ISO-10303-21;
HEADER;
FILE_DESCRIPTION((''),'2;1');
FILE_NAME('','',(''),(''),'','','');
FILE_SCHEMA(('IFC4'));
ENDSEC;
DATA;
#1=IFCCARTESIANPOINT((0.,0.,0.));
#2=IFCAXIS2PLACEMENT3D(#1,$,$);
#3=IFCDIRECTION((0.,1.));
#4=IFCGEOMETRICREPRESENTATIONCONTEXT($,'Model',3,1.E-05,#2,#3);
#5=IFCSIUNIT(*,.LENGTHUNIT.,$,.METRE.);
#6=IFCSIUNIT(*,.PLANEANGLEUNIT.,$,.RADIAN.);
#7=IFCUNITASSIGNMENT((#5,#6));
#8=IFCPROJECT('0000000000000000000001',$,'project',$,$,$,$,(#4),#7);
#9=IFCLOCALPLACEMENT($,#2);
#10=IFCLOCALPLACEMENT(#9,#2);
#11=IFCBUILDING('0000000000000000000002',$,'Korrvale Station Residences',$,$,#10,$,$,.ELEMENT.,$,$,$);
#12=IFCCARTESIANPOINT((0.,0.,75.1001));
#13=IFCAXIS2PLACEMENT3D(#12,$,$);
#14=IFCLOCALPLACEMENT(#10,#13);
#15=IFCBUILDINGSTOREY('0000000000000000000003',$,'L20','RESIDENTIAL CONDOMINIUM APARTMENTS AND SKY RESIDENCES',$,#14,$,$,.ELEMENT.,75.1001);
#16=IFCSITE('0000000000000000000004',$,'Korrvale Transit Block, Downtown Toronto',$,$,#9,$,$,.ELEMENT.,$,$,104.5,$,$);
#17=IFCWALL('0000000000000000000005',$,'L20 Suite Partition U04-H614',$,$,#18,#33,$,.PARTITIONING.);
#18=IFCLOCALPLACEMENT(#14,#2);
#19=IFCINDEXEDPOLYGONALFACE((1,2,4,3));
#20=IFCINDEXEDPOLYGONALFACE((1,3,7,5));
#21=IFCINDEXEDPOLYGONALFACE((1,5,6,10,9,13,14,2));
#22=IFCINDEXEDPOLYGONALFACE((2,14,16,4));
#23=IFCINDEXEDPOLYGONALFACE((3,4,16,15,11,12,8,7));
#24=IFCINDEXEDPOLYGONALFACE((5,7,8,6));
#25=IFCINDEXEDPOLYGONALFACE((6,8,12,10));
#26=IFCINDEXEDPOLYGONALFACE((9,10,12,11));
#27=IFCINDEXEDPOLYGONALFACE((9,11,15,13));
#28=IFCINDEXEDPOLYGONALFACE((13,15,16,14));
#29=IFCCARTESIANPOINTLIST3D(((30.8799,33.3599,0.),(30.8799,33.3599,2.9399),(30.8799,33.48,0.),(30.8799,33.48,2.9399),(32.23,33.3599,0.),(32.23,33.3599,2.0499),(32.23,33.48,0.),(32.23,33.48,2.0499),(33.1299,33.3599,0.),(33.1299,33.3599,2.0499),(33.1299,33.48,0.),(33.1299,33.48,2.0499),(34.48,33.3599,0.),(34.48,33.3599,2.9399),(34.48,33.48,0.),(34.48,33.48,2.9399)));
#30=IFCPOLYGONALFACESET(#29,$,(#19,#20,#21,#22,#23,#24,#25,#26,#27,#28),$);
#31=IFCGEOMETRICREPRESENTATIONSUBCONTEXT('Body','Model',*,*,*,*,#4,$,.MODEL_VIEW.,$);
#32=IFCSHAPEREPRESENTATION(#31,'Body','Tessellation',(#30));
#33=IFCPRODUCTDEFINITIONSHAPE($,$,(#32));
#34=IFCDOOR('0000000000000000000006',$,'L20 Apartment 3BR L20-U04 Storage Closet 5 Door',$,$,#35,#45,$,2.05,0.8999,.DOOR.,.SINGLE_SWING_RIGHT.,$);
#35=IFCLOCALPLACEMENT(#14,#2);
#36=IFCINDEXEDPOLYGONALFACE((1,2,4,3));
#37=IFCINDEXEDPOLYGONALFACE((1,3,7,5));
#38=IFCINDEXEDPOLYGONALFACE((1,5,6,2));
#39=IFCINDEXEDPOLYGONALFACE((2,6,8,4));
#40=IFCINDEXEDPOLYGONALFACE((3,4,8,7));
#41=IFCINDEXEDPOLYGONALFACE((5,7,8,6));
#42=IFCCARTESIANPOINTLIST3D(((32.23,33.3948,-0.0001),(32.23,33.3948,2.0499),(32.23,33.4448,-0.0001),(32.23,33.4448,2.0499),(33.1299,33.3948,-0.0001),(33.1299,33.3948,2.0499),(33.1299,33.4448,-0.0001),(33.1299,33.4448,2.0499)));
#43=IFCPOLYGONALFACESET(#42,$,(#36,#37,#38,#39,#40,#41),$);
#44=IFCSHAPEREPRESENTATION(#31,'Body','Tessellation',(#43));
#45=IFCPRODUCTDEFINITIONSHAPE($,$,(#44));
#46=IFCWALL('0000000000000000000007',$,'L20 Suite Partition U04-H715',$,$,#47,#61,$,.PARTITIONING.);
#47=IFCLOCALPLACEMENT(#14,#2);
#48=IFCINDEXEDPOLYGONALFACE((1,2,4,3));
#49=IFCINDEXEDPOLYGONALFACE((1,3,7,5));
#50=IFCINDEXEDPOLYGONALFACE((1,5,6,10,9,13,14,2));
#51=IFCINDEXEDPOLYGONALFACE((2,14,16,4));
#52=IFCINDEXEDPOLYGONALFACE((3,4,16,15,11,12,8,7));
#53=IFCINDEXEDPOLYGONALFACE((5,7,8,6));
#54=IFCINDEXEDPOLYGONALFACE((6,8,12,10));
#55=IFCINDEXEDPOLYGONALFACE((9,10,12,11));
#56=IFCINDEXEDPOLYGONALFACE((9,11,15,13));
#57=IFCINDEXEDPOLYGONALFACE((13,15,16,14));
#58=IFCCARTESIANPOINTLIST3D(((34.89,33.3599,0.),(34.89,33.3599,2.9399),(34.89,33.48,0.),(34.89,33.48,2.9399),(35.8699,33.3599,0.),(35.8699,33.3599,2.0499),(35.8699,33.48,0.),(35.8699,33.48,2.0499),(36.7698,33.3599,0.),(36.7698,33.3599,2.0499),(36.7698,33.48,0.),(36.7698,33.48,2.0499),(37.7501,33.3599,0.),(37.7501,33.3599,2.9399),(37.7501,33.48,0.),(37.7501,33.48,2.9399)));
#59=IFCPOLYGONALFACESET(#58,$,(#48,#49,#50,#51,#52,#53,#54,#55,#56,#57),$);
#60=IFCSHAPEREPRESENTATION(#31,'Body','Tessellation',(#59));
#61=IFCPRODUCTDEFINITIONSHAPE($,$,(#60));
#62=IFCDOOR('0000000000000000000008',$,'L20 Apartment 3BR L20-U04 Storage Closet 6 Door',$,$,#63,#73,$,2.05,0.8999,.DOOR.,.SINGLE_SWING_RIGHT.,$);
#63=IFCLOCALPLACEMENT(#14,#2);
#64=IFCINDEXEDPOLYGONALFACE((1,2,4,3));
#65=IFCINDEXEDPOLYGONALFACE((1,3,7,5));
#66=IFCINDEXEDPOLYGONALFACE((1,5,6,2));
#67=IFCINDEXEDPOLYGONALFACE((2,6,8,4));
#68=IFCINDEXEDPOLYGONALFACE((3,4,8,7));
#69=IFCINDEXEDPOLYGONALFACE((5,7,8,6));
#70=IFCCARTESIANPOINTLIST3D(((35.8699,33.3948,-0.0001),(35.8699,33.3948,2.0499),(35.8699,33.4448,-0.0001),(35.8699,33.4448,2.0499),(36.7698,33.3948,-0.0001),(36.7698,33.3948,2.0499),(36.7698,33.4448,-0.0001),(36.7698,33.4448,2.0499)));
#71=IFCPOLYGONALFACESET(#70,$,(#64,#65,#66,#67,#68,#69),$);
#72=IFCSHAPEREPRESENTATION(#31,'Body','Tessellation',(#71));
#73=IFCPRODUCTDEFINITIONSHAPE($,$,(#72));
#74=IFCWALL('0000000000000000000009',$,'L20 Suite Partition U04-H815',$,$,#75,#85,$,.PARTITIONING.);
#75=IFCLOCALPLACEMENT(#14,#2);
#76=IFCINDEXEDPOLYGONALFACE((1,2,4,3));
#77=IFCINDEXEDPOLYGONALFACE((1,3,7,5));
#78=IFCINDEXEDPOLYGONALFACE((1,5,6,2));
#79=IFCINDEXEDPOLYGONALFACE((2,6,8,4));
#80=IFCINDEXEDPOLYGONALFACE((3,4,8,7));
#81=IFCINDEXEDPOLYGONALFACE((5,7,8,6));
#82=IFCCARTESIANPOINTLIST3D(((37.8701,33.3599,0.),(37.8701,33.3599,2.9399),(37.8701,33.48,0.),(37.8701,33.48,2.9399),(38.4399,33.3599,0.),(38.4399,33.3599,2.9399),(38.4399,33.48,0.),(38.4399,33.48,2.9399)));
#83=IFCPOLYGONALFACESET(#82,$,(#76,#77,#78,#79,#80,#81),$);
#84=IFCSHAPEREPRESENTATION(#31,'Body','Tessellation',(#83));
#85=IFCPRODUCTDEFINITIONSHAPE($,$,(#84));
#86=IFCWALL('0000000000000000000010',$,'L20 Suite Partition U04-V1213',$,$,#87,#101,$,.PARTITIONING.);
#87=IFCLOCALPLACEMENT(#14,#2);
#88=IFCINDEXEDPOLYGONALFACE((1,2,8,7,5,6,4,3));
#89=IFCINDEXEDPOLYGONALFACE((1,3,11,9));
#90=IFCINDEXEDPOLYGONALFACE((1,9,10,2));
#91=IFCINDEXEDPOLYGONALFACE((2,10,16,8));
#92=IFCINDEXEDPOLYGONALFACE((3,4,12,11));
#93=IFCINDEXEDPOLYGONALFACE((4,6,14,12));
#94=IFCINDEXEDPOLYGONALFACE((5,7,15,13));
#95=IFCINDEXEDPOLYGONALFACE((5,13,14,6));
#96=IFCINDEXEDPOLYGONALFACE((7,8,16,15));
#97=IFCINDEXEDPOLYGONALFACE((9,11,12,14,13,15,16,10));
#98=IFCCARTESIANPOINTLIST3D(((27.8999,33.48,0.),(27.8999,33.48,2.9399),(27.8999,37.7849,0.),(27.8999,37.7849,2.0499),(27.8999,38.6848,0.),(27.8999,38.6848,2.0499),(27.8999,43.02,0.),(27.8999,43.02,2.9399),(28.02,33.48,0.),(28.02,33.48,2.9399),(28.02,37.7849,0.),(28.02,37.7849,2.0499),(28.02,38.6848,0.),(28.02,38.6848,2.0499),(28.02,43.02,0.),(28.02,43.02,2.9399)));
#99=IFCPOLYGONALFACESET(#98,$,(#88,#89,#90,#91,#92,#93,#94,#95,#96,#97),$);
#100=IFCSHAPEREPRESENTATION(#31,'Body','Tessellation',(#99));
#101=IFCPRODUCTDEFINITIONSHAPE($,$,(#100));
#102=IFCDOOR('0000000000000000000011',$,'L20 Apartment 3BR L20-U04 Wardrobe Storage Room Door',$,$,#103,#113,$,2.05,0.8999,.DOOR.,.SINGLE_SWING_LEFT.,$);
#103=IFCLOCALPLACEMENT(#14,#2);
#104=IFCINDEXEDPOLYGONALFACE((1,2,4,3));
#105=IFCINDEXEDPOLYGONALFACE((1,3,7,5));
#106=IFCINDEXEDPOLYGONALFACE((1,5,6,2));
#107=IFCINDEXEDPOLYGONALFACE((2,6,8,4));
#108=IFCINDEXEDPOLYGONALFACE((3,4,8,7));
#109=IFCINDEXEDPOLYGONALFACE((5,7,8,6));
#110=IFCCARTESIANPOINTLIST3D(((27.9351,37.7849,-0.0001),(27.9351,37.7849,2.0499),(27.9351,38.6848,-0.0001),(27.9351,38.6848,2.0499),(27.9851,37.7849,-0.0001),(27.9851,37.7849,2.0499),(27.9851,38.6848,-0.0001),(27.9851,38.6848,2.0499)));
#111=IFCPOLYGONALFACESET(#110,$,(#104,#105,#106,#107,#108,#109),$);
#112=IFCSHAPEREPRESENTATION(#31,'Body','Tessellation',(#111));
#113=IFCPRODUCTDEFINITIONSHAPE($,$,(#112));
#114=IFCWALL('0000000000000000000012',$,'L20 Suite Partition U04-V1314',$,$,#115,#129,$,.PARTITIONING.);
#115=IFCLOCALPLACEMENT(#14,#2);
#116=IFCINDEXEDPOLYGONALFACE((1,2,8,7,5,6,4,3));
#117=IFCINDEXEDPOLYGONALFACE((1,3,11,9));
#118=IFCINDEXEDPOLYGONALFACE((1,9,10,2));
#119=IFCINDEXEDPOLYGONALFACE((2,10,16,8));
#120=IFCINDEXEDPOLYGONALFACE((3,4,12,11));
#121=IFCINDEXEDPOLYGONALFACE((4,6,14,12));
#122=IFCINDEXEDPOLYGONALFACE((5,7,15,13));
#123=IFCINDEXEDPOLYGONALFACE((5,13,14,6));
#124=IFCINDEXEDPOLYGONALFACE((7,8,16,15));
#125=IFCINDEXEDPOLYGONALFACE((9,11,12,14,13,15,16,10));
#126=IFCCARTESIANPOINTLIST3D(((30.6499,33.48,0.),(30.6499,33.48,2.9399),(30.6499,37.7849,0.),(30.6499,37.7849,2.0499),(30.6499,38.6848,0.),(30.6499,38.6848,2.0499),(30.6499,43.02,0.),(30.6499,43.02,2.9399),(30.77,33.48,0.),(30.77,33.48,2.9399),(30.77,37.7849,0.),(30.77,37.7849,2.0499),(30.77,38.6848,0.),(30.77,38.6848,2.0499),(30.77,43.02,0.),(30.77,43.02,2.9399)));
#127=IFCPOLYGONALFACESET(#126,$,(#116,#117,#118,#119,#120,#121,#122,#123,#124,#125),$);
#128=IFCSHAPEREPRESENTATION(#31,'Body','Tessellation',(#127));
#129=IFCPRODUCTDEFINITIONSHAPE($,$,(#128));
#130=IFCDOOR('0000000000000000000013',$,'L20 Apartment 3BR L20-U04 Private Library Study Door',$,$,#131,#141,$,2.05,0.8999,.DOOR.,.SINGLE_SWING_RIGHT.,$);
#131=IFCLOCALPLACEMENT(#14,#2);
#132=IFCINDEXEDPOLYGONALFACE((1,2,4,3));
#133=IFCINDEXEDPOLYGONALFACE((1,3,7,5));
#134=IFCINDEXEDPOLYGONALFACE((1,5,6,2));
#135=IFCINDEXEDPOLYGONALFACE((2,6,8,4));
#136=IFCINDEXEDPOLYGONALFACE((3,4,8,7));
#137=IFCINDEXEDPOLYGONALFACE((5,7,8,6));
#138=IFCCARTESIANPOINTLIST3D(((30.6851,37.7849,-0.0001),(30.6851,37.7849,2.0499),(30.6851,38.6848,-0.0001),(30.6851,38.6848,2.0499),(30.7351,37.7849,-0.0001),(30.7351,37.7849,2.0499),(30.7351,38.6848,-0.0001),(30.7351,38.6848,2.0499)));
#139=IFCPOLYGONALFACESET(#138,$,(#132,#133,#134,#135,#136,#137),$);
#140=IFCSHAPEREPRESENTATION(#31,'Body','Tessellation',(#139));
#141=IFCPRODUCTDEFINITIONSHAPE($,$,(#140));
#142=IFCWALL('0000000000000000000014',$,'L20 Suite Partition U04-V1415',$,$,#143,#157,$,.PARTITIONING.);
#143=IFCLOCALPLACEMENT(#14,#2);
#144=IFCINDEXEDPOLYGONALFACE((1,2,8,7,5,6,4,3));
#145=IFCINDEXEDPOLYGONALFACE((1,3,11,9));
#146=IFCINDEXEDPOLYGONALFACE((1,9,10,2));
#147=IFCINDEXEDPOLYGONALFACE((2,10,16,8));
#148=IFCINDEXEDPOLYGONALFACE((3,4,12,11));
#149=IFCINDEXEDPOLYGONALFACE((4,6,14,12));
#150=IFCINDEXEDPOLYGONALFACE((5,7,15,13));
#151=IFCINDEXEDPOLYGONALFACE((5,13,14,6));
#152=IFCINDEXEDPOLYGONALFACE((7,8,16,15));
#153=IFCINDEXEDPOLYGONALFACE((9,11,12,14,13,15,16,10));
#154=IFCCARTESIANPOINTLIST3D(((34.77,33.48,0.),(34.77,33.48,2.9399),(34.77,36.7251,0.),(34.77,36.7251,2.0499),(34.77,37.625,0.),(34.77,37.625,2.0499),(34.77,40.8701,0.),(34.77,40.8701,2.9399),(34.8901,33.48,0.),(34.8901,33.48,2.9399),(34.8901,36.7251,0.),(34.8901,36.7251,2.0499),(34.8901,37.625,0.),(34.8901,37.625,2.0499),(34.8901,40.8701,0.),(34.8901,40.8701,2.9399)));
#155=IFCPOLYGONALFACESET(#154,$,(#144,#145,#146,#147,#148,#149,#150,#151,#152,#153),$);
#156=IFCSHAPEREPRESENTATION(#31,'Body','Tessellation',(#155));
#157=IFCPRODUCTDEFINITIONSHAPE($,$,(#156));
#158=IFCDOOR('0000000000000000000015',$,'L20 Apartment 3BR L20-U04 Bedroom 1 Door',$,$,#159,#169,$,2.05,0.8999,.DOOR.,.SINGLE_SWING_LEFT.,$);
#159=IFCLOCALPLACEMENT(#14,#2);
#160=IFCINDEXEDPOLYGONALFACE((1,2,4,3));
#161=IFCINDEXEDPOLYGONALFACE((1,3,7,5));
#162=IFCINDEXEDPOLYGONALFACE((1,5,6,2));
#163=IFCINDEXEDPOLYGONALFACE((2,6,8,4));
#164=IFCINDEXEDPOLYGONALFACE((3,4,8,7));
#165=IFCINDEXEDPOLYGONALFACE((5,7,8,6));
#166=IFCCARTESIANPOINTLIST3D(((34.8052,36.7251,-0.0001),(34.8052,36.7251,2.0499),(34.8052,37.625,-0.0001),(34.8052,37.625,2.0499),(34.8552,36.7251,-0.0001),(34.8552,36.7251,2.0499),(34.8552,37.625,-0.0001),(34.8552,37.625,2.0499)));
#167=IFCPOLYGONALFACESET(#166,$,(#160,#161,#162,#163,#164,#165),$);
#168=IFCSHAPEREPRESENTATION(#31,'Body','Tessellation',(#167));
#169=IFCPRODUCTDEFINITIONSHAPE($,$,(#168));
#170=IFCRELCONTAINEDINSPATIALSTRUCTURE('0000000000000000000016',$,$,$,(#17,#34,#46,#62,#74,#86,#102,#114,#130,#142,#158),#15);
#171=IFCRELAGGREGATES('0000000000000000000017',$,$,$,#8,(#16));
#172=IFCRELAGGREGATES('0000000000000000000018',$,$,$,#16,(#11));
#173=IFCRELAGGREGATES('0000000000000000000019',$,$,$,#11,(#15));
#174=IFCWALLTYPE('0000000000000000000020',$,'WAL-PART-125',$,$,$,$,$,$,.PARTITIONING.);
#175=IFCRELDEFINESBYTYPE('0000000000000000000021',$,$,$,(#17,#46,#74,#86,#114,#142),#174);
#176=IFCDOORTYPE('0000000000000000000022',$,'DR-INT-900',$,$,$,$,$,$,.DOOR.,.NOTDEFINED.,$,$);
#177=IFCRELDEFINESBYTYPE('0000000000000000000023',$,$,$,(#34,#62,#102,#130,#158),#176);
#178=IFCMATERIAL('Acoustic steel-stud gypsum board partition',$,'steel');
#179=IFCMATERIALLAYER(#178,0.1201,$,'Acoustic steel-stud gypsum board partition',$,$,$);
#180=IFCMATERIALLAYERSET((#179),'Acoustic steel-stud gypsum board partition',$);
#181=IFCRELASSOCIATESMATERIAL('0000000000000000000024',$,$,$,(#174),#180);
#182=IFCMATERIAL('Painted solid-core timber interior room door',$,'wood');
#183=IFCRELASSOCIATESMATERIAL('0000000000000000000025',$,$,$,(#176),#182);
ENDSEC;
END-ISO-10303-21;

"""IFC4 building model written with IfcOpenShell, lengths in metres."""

from ifc_helpers import new_model, si_unit, direction, frame, frame_2d, origin, place, context, subcontext, project, spatial, rectangle, extrude, material, layer, layer_set, type_object, element, fill, save


model = new_model("IFC4")

# Units and contexts
model_context = context("Model", 3, precision=1e-05, world=origin(), true_north=direction((0.0, 1.0)))
body_context = subcontext(model_context, "Body", "Model", "MODEL_VIEW")
ifc_project = project(units=[si_unit("LENGTHUNIT", "METRE"), si_unit("PLANEANGLEUNIT", "RADIAN")], contexts=[model_context])

# Site, building, storey
site_placement = place(None, origin())
site = spatial("IfcSite", under=ifc_project, at=site_placement, Name="Korrvale Transit Block, Downtown Toronto", CompositionType="ELEMENT", RefElevation=104.5)
building_placement = place(site_placement, origin())
building = spatial("IfcBuilding", under=site, at=building_placement, Name="Korrvale Station Residences", CompositionType="ELEMENT")
storey_placement = place(building_placement, frame((0.0, 0.0, 75.1001)))
storey = spatial("IfcBuildingStorey", under=building, at=storey_placement, Name="L20", Description="RESIDENTIAL CONDOMINIUM APARTMENTS AND SKY RESIDENCES", CompositionType="ELEMENT", Elevation=75.1001)

# Walls, openings, doors
ifc_material_1 = material(Name="Acoustic steel-stud gypsum board partition", Category="steel")
ifc_layer_1 = layer(ifc_material_1, 0.1201, Name="Acoustic steel-stud gypsum board partition")
ifc_layer_set_1 = layer_set([ifc_layer_1], Name="Acoustic steel-stud gypsum board partition")
wall_type_1 = type_object("IfcWallType", Name="WAL-PART-125", PredefinedType="PARTITIONING", material=ifc_layer_set_1)
ifc_material_2 = material(Name="Painted solid-core timber interior room door", Category="wood")
door_type_1 = type_object("IfcDoorType", Name="DR-INT-900", OperationType="NOTDEFINED", PredefinedType="DOOR", material=ifc_material_2)
wall_1_placement = place(storey_placement, frame((30.8799, 33.4199, 0.0), z_axis=(0.0, 0.0, 1.0), x_axis=(1.0, 0.0, 0.0)))
wall_1 = element("IfcWall", 1, at=wall_1_placement, inside=storey, type_object=wall_type_1, Name="L20 Suite Partition U04-H614", PredefinedType="PARTITIONING", context=body_context, shape_type="SweptSolid", body=[
    extrude(rectangle(XDim=3.6001, YDim=0.1201, at=frame_2d((1.8, 0.0))), origin(), (0.0, 0.0, 1.0), 2.9399),
])
opening_1_placement = place(wall_1_placement, frame((1.3501, 0.0, 0.0)))
opening_1 = element("IfcOpeningElement", 2, at=opening_1_placement, cuts=wall_1, PredefinedType="OPENING", context=body_context, shape_type="SweptSolid", body=[
    extrude(rectangle(XDim=0.8999, YDim=2.05, at=frame_2d((0.45, 1.0249))), frame((0.0, 0.0701, 0.0), z_axis=(0.0, -1.0, 0.0), x_axis=(1.0, 0.0, 0.0)), (0.0, 0.0, 1.0), 0.1401),
])
door_1_placement = place(opening_1_placement, origin())
door_1 = element("IfcDoor", 3, at=door_1_placement, inside=storey, type_object=door_type_1, Name="L20 Apartment 3BR L20-U04 Storage Closet 5 Door", OperationType="SINGLE_SWING_RIGHT", OverallHeight=2.05, OverallWidth=0.8999, PredefinedType="DOOR", context=body_context, shape_type="SweptSolid", body=[
    extrude(rectangle(XDim=0.8999, YDim=2.05, at=frame_2d((0.45, 1.0249))), frame((0.0, 0.0249, 0.0), z_axis=(0.0, -1.0, 0.0), x_axis=(1.0, 0.0, 0.0)), (0.0, 0.0, 1.0), 0.05),
])
fill(opening_1, door_1)
wall_2_placement = place(storey_placement, frame((34.8899, 33.4199, 0.0), z_axis=(0.0, 0.0, 1.0), x_axis=(1.0, 0.0, 0.0)))
wall_2 = element("IfcWall", 4, at=wall_2_placement, inside=storey, type_object=wall_type_1, Name="L20 Suite Partition U04-H715", PredefinedType="PARTITIONING", context=body_context, shape_type="SweptSolid", body=[
    extrude(rectangle(XDim=2.8601, YDim=0.1201, at=frame_2d((1.4302, 0.0))), origin(), (0.0, 0.0, 1.0), 2.9399),
])
opening_2_placement = place(wall_2_placement, frame((0.98, 0.0, 0.0)))
opening_2 = element("IfcOpeningElement", 5, at=opening_2_placement, cuts=wall_2, PredefinedType="OPENING", context=body_context, shape_type="SweptSolid", body=[
    extrude(rectangle(XDim=0.8999, YDim=2.05, at=frame_2d((0.45, 1.0249))), frame((0.0, 0.0701, 0.0), z_axis=(0.0, -1.0, 0.0), x_axis=(1.0, 0.0, 0.0)), (0.0, 0.0, 1.0), 0.1401),
])
door_2_placement = place(opening_2_placement, origin())
door_2 = element("IfcDoor", 6, at=door_2_placement, inside=storey, type_object=door_type_1, Name="L20 Apartment 3BR L20-U04 Storage Closet 6 Door", OperationType="SINGLE_SWING_RIGHT", OverallHeight=2.05, OverallWidth=0.8999, PredefinedType="DOOR", context=body_context, shape_type="SweptSolid", body=[
    extrude(rectangle(XDim=0.8999, YDim=2.05, at=frame_2d((0.45, 1.0249))), frame((0.0, 0.0249, 0.0), z_axis=(0.0, -1.0, 0.0), x_axis=(1.0, 0.0, 0.0)), (0.0, 0.0, 1.0), 0.05),
])
fill(opening_2, door_2)

# Wall
wall_3_placement = place(storey_placement, frame((37.8701, 33.4199, 0.0), z_axis=(0.0, 0.0, 1.0), x_axis=(1.0, 0.0, 0.0)))
element("IfcWall", 7, at=wall_3_placement, inside=storey, type_object=wall_type_1, Name="L20 Suite Partition U04-H815", PredefinedType="PARTITIONING", context=body_context, shape_type="SweptSolid", body=[
    extrude(rectangle(XDim=0.5698, YDim=0.1201, at=frame_2d((0.2849, 0.0))), origin(), (0.0, 0.0, 1.0), 2.9399),
])

# Walls, openings, doors
wall_4_placement = place(storey_placement, frame((27.96, 33.48, 0.0), z_axis=(0.0, 0.0, 1.0), x_axis=(0.0, 1.0, 0.0)))
wall_4 = element("IfcWall", 8, at=wall_4_placement, inside=storey, type_object=wall_type_1, Name="L20 Suite Partition U04-V1213", PredefinedType="PARTITIONING", context=body_context, shape_type="SweptSolid", body=[
    extrude(rectangle(XDim=9.54, YDim=0.1201, at=frame_2d((4.77, 0.0))), origin(), (0.0, 0.0, 1.0), 2.9399),
])
opening_3_placement = place(wall_4_placement, frame((4.3049, 0.0, 0.0)))
opening_3 = element("IfcOpeningElement", 9, at=opening_3_placement, cuts=wall_4, PredefinedType="OPENING", context=body_context, shape_type="SweptSolid", body=[
    extrude(rectangle(XDim=0.8999, YDim=2.05, at=frame_2d((0.45, 1.0249))), frame((0.0, 0.0701, 0.0), z_axis=(0.0, -1.0, 0.0), x_axis=(1.0, 0.0, 0.0)), (0.0, 0.0, 1.0), 0.1401),
])
door_3_placement = place(opening_3_placement, origin())
door_3 = element("IfcDoor", 10, at=door_3_placement, inside=storey, type_object=door_type_1, Name="L20 Apartment 3BR L20-U04 Wardrobe Storage Room Door", OperationType="SINGLE_SWING_LEFT", OverallHeight=2.05, OverallWidth=0.8999, PredefinedType="DOOR", context=body_context, shape_type="SweptSolid", body=[
    extrude(rectangle(XDim=0.8999, YDim=2.05, at=frame_2d((0.45, 1.0249))), frame((0.0, 0.0249, 0.0), z_axis=(0.0, -1.0, 0.0), x_axis=(1.0, 0.0, 0.0)), (0.0, 0.0, 1.0), 0.05),
])
fill(opening_3, door_3)
wall_5_placement = place(storey_placement, frame((30.71, 33.48, 0.0), z_axis=(0.0, 0.0, 1.0), x_axis=(0.0, 1.0, 0.0)))
wall_5 = element("IfcWall", 11, at=wall_5_placement, inside=storey, type_object=wall_type_1, Name="L20 Suite Partition U04-V1314", PredefinedType="PARTITIONING", context=body_context, shape_type="SweptSolid", body=[
    extrude(rectangle(XDim=9.54, YDim=0.1201, at=frame_2d((4.77, 0.0))), origin(), (0.0, 0.0, 1.0), 2.9399),
])
opening_4_placement = place(wall_5_placement, frame((4.3049, 0.0, 0.0)))
opening_4 = element("IfcOpeningElement", 12, at=opening_4_placement, cuts=wall_5, PredefinedType="OPENING", context=body_context, shape_type="SweptSolid", body=[
    extrude(rectangle(XDim=0.8999, YDim=2.05, at=frame_2d((0.45, 1.0249))), frame((0.0, 0.0701, 0.0), z_axis=(0.0, -1.0, 0.0), x_axis=(1.0, 0.0, 0.0)), (0.0, 0.0, 1.0), 0.1401),
])
door_4_placement = place(opening_4_placement, origin())
door_4 = element("IfcDoor", 13, at=door_4_placement, inside=storey, type_object=door_type_1, Name="L20 Apartment 3BR L20-U04 Private Library Study Door", OperationType="SINGLE_SWING_RIGHT", OverallHeight=2.05, OverallWidth=0.8999, PredefinedType="DOOR", context=body_context, shape_type="SweptSolid", body=[
    extrude(rectangle(XDim=0.8999, YDim=2.05, at=frame_2d((0.45, 1.0249))), frame((0.0, 0.0249, 0.0), z_axis=(0.0, -1.0, 0.0), x_axis=(1.0, 0.0, 0.0)), (0.0, 0.0, 1.0), 0.05),
])
fill(opening_4, door_4)
wall_6_placement = place(storey_placement, frame((34.8301, 33.48, 0.0), z_axis=(0.0, 0.0, 1.0), x_axis=(0.0, 1.0, 0.0)))
wall_6 = element("IfcWall", 14, at=wall_6_placement, inside=storey, type_object=wall_type_1, Name="L20 Suite Partition U04-V1415", PredefinedType="PARTITIONING", context=body_context, shape_type="SweptSolid", body=[
    extrude(rectangle(XDim=7.3901, YDim=0.1201, at=frame_2d((3.6951, 0.0))), origin(), (0.0, 0.0, 1.0), 2.9399),
])
opening_5_placement = place(wall_6_placement, frame((3.2451, 0.0, 0.0)))
opening_5 = element("IfcOpeningElement", 15, at=opening_5_placement, cuts=wall_6, PredefinedType="OPENING", context=body_context, shape_type="SweptSolid", body=[
    extrude(rectangle(XDim=0.8999, YDim=2.05, at=frame_2d((0.45, 1.0249))), frame((0.0, 0.0701, 0.0), z_axis=(0.0, -1.0, 0.0), x_axis=(1.0, 0.0, 0.0)), (0.0, 0.0, 1.0), 0.1401),
])
door_5_placement = place(opening_5_placement, origin())
door_5 = element("IfcDoor", 16, at=door_5_placement, inside=storey, type_object=door_type_1, Name="L20 Apartment 3BR L20-U04 Bedroom 1 Door", OperationType="SINGLE_SWING_LEFT", OverallHeight=2.05, OverallWidth=0.8999, PredefinedType="DOOR", context=body_context, shape_type="SweptSolid", body=[
    extrude(rectangle(XDim=0.8999, YDim=2.05, at=frame_2d((0.45, 1.0249))), frame((0.0, 0.0249, 0.0), z_axis=(0.0, -1.0, 0.0), x_axis=(1.0, 0.0, 0.0)), (0.0, 0.0, 1.0), 0.05),
])
fill(opening_5, door_5)

save(model, "model.ifc")
